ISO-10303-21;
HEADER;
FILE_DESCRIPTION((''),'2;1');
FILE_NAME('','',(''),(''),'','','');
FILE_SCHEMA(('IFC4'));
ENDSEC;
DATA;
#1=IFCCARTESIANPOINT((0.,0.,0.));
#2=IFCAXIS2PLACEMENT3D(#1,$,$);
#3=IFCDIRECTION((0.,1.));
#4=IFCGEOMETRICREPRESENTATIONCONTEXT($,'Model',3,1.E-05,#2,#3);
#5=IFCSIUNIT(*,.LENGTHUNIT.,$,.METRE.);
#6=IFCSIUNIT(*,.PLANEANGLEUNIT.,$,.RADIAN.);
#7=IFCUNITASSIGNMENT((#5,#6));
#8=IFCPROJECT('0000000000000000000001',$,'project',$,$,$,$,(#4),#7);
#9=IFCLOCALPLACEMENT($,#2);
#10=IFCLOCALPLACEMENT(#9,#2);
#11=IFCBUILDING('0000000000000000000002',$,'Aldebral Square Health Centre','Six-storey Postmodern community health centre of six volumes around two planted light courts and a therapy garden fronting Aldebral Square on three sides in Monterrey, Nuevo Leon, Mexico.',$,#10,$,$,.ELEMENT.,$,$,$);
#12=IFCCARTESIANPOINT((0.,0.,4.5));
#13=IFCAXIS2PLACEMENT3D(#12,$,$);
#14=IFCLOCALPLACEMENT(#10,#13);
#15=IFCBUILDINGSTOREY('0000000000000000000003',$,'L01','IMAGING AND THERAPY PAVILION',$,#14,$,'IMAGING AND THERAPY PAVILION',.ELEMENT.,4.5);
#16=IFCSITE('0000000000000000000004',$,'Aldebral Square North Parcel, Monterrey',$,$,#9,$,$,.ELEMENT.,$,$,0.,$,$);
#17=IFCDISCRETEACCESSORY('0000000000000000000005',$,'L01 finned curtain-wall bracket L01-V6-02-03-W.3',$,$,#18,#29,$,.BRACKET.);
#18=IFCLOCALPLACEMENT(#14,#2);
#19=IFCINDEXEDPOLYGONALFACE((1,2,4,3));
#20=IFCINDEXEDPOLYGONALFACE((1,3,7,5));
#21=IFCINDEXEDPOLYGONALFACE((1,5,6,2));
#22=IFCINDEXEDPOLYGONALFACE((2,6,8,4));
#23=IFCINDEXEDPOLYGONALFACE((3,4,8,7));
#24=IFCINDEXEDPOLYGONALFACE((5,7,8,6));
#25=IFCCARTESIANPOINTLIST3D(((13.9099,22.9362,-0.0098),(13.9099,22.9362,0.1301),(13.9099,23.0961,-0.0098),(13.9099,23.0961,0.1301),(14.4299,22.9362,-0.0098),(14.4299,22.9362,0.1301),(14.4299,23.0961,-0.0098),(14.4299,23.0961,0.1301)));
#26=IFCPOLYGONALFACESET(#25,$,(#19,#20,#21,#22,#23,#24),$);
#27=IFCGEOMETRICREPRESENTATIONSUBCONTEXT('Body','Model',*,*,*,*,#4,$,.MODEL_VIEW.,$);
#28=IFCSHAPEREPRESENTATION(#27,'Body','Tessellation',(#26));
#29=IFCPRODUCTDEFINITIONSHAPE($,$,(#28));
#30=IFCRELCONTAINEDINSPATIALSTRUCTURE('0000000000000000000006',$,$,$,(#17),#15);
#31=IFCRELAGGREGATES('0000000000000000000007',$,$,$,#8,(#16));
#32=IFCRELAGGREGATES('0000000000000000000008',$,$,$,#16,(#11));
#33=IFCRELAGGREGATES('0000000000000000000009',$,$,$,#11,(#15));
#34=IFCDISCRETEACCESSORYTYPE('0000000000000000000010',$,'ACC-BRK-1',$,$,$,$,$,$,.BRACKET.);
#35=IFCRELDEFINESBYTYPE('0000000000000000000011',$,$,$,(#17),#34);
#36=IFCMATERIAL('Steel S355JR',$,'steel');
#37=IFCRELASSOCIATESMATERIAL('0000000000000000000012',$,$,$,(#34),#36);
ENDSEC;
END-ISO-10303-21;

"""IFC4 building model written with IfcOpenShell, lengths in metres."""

from ifc_helpers import new_model, si_unit, direction, frame, origin, origin_2d, place, context, subcontext, project, spatial, rectangle, extrude, material, type_object, element, save


model = new_model("IFC4")

# Units and contexts
model_context = context("Model", 3, precision=1e-05, world=origin(), true_north=direction((0.0, 1.0)))
body_context = subcontext(model_context, "Body", "Model", "MODEL_VIEW")
ifc_project = project(units=[si_unit("LENGTHUNIT", "METRE"), si_unit("PLANEANGLEUNIT", "RADIAN")], contexts=[model_context])

# Site, building, storey
site_placement = place(None, origin())
site = spatial("IfcSite", under=ifc_project, at=site_placement, Name="Aldebral Square North Parcel, Monterrey", CompositionType="ELEMENT", RefElevation=0.0)
building_placement = place(site_placement, origin())
building = spatial("IfcBuilding", under=site, at=building_placement, Name="Aldebral Square Health Centre", Description="Six-storey Postmodern community health centre of six volumes around two planted light courts and a therapy garden fronting Aldebral Square on three sides in Monterrey, Nuevo Leon, Mexico.", CompositionType="ELEMENT")
storey_placement = place(building_placement, frame((0.0, 0.0, 4.5)))
storey = spatial("IfcBuildingStorey", under=building, at=storey_placement, Name="L01", Description="IMAGING AND THERAPY PAVILION", LongName="IMAGING AND THERAPY PAVILION", CompositionType="ELEMENT", Elevation=4.5)

# Discrete accessory
ifc_material_1 = material(Name="Steel S355JR", Category="steel")
discrete_accessory_type = type_object("IfcDiscreteAccessoryType", Name="ACC-BRK-1", PredefinedType="BRACKET", material=ifc_material_1)
for number, where, z_axis, x_axis, name in (
    (1, (14.1699, 23.0161, -0.0098), (0.0, 0.0, 1.0), (0.0, 1.0, 0.0), "L01 finned curtain-wall bracket L01-V6-02-03-W.3"),
):
    element("IfcDiscreteAccessory", number, at=place(storey_placement, frame(where, z_axis=z_axis, x_axis=x_axis)), inside=storey, type_object=discrete_accessory_type, Name=name, PredefinedType="BRACKET", context=body_context, shape_type="SweptSolid", body=[
        extrude(rectangle(XDim=0.1599, YDim=0.52, at=origin_2d()), origin(), (0.0, 0.0, 1.0), 0.1399),
    ])

save(model, "model.ifc")
